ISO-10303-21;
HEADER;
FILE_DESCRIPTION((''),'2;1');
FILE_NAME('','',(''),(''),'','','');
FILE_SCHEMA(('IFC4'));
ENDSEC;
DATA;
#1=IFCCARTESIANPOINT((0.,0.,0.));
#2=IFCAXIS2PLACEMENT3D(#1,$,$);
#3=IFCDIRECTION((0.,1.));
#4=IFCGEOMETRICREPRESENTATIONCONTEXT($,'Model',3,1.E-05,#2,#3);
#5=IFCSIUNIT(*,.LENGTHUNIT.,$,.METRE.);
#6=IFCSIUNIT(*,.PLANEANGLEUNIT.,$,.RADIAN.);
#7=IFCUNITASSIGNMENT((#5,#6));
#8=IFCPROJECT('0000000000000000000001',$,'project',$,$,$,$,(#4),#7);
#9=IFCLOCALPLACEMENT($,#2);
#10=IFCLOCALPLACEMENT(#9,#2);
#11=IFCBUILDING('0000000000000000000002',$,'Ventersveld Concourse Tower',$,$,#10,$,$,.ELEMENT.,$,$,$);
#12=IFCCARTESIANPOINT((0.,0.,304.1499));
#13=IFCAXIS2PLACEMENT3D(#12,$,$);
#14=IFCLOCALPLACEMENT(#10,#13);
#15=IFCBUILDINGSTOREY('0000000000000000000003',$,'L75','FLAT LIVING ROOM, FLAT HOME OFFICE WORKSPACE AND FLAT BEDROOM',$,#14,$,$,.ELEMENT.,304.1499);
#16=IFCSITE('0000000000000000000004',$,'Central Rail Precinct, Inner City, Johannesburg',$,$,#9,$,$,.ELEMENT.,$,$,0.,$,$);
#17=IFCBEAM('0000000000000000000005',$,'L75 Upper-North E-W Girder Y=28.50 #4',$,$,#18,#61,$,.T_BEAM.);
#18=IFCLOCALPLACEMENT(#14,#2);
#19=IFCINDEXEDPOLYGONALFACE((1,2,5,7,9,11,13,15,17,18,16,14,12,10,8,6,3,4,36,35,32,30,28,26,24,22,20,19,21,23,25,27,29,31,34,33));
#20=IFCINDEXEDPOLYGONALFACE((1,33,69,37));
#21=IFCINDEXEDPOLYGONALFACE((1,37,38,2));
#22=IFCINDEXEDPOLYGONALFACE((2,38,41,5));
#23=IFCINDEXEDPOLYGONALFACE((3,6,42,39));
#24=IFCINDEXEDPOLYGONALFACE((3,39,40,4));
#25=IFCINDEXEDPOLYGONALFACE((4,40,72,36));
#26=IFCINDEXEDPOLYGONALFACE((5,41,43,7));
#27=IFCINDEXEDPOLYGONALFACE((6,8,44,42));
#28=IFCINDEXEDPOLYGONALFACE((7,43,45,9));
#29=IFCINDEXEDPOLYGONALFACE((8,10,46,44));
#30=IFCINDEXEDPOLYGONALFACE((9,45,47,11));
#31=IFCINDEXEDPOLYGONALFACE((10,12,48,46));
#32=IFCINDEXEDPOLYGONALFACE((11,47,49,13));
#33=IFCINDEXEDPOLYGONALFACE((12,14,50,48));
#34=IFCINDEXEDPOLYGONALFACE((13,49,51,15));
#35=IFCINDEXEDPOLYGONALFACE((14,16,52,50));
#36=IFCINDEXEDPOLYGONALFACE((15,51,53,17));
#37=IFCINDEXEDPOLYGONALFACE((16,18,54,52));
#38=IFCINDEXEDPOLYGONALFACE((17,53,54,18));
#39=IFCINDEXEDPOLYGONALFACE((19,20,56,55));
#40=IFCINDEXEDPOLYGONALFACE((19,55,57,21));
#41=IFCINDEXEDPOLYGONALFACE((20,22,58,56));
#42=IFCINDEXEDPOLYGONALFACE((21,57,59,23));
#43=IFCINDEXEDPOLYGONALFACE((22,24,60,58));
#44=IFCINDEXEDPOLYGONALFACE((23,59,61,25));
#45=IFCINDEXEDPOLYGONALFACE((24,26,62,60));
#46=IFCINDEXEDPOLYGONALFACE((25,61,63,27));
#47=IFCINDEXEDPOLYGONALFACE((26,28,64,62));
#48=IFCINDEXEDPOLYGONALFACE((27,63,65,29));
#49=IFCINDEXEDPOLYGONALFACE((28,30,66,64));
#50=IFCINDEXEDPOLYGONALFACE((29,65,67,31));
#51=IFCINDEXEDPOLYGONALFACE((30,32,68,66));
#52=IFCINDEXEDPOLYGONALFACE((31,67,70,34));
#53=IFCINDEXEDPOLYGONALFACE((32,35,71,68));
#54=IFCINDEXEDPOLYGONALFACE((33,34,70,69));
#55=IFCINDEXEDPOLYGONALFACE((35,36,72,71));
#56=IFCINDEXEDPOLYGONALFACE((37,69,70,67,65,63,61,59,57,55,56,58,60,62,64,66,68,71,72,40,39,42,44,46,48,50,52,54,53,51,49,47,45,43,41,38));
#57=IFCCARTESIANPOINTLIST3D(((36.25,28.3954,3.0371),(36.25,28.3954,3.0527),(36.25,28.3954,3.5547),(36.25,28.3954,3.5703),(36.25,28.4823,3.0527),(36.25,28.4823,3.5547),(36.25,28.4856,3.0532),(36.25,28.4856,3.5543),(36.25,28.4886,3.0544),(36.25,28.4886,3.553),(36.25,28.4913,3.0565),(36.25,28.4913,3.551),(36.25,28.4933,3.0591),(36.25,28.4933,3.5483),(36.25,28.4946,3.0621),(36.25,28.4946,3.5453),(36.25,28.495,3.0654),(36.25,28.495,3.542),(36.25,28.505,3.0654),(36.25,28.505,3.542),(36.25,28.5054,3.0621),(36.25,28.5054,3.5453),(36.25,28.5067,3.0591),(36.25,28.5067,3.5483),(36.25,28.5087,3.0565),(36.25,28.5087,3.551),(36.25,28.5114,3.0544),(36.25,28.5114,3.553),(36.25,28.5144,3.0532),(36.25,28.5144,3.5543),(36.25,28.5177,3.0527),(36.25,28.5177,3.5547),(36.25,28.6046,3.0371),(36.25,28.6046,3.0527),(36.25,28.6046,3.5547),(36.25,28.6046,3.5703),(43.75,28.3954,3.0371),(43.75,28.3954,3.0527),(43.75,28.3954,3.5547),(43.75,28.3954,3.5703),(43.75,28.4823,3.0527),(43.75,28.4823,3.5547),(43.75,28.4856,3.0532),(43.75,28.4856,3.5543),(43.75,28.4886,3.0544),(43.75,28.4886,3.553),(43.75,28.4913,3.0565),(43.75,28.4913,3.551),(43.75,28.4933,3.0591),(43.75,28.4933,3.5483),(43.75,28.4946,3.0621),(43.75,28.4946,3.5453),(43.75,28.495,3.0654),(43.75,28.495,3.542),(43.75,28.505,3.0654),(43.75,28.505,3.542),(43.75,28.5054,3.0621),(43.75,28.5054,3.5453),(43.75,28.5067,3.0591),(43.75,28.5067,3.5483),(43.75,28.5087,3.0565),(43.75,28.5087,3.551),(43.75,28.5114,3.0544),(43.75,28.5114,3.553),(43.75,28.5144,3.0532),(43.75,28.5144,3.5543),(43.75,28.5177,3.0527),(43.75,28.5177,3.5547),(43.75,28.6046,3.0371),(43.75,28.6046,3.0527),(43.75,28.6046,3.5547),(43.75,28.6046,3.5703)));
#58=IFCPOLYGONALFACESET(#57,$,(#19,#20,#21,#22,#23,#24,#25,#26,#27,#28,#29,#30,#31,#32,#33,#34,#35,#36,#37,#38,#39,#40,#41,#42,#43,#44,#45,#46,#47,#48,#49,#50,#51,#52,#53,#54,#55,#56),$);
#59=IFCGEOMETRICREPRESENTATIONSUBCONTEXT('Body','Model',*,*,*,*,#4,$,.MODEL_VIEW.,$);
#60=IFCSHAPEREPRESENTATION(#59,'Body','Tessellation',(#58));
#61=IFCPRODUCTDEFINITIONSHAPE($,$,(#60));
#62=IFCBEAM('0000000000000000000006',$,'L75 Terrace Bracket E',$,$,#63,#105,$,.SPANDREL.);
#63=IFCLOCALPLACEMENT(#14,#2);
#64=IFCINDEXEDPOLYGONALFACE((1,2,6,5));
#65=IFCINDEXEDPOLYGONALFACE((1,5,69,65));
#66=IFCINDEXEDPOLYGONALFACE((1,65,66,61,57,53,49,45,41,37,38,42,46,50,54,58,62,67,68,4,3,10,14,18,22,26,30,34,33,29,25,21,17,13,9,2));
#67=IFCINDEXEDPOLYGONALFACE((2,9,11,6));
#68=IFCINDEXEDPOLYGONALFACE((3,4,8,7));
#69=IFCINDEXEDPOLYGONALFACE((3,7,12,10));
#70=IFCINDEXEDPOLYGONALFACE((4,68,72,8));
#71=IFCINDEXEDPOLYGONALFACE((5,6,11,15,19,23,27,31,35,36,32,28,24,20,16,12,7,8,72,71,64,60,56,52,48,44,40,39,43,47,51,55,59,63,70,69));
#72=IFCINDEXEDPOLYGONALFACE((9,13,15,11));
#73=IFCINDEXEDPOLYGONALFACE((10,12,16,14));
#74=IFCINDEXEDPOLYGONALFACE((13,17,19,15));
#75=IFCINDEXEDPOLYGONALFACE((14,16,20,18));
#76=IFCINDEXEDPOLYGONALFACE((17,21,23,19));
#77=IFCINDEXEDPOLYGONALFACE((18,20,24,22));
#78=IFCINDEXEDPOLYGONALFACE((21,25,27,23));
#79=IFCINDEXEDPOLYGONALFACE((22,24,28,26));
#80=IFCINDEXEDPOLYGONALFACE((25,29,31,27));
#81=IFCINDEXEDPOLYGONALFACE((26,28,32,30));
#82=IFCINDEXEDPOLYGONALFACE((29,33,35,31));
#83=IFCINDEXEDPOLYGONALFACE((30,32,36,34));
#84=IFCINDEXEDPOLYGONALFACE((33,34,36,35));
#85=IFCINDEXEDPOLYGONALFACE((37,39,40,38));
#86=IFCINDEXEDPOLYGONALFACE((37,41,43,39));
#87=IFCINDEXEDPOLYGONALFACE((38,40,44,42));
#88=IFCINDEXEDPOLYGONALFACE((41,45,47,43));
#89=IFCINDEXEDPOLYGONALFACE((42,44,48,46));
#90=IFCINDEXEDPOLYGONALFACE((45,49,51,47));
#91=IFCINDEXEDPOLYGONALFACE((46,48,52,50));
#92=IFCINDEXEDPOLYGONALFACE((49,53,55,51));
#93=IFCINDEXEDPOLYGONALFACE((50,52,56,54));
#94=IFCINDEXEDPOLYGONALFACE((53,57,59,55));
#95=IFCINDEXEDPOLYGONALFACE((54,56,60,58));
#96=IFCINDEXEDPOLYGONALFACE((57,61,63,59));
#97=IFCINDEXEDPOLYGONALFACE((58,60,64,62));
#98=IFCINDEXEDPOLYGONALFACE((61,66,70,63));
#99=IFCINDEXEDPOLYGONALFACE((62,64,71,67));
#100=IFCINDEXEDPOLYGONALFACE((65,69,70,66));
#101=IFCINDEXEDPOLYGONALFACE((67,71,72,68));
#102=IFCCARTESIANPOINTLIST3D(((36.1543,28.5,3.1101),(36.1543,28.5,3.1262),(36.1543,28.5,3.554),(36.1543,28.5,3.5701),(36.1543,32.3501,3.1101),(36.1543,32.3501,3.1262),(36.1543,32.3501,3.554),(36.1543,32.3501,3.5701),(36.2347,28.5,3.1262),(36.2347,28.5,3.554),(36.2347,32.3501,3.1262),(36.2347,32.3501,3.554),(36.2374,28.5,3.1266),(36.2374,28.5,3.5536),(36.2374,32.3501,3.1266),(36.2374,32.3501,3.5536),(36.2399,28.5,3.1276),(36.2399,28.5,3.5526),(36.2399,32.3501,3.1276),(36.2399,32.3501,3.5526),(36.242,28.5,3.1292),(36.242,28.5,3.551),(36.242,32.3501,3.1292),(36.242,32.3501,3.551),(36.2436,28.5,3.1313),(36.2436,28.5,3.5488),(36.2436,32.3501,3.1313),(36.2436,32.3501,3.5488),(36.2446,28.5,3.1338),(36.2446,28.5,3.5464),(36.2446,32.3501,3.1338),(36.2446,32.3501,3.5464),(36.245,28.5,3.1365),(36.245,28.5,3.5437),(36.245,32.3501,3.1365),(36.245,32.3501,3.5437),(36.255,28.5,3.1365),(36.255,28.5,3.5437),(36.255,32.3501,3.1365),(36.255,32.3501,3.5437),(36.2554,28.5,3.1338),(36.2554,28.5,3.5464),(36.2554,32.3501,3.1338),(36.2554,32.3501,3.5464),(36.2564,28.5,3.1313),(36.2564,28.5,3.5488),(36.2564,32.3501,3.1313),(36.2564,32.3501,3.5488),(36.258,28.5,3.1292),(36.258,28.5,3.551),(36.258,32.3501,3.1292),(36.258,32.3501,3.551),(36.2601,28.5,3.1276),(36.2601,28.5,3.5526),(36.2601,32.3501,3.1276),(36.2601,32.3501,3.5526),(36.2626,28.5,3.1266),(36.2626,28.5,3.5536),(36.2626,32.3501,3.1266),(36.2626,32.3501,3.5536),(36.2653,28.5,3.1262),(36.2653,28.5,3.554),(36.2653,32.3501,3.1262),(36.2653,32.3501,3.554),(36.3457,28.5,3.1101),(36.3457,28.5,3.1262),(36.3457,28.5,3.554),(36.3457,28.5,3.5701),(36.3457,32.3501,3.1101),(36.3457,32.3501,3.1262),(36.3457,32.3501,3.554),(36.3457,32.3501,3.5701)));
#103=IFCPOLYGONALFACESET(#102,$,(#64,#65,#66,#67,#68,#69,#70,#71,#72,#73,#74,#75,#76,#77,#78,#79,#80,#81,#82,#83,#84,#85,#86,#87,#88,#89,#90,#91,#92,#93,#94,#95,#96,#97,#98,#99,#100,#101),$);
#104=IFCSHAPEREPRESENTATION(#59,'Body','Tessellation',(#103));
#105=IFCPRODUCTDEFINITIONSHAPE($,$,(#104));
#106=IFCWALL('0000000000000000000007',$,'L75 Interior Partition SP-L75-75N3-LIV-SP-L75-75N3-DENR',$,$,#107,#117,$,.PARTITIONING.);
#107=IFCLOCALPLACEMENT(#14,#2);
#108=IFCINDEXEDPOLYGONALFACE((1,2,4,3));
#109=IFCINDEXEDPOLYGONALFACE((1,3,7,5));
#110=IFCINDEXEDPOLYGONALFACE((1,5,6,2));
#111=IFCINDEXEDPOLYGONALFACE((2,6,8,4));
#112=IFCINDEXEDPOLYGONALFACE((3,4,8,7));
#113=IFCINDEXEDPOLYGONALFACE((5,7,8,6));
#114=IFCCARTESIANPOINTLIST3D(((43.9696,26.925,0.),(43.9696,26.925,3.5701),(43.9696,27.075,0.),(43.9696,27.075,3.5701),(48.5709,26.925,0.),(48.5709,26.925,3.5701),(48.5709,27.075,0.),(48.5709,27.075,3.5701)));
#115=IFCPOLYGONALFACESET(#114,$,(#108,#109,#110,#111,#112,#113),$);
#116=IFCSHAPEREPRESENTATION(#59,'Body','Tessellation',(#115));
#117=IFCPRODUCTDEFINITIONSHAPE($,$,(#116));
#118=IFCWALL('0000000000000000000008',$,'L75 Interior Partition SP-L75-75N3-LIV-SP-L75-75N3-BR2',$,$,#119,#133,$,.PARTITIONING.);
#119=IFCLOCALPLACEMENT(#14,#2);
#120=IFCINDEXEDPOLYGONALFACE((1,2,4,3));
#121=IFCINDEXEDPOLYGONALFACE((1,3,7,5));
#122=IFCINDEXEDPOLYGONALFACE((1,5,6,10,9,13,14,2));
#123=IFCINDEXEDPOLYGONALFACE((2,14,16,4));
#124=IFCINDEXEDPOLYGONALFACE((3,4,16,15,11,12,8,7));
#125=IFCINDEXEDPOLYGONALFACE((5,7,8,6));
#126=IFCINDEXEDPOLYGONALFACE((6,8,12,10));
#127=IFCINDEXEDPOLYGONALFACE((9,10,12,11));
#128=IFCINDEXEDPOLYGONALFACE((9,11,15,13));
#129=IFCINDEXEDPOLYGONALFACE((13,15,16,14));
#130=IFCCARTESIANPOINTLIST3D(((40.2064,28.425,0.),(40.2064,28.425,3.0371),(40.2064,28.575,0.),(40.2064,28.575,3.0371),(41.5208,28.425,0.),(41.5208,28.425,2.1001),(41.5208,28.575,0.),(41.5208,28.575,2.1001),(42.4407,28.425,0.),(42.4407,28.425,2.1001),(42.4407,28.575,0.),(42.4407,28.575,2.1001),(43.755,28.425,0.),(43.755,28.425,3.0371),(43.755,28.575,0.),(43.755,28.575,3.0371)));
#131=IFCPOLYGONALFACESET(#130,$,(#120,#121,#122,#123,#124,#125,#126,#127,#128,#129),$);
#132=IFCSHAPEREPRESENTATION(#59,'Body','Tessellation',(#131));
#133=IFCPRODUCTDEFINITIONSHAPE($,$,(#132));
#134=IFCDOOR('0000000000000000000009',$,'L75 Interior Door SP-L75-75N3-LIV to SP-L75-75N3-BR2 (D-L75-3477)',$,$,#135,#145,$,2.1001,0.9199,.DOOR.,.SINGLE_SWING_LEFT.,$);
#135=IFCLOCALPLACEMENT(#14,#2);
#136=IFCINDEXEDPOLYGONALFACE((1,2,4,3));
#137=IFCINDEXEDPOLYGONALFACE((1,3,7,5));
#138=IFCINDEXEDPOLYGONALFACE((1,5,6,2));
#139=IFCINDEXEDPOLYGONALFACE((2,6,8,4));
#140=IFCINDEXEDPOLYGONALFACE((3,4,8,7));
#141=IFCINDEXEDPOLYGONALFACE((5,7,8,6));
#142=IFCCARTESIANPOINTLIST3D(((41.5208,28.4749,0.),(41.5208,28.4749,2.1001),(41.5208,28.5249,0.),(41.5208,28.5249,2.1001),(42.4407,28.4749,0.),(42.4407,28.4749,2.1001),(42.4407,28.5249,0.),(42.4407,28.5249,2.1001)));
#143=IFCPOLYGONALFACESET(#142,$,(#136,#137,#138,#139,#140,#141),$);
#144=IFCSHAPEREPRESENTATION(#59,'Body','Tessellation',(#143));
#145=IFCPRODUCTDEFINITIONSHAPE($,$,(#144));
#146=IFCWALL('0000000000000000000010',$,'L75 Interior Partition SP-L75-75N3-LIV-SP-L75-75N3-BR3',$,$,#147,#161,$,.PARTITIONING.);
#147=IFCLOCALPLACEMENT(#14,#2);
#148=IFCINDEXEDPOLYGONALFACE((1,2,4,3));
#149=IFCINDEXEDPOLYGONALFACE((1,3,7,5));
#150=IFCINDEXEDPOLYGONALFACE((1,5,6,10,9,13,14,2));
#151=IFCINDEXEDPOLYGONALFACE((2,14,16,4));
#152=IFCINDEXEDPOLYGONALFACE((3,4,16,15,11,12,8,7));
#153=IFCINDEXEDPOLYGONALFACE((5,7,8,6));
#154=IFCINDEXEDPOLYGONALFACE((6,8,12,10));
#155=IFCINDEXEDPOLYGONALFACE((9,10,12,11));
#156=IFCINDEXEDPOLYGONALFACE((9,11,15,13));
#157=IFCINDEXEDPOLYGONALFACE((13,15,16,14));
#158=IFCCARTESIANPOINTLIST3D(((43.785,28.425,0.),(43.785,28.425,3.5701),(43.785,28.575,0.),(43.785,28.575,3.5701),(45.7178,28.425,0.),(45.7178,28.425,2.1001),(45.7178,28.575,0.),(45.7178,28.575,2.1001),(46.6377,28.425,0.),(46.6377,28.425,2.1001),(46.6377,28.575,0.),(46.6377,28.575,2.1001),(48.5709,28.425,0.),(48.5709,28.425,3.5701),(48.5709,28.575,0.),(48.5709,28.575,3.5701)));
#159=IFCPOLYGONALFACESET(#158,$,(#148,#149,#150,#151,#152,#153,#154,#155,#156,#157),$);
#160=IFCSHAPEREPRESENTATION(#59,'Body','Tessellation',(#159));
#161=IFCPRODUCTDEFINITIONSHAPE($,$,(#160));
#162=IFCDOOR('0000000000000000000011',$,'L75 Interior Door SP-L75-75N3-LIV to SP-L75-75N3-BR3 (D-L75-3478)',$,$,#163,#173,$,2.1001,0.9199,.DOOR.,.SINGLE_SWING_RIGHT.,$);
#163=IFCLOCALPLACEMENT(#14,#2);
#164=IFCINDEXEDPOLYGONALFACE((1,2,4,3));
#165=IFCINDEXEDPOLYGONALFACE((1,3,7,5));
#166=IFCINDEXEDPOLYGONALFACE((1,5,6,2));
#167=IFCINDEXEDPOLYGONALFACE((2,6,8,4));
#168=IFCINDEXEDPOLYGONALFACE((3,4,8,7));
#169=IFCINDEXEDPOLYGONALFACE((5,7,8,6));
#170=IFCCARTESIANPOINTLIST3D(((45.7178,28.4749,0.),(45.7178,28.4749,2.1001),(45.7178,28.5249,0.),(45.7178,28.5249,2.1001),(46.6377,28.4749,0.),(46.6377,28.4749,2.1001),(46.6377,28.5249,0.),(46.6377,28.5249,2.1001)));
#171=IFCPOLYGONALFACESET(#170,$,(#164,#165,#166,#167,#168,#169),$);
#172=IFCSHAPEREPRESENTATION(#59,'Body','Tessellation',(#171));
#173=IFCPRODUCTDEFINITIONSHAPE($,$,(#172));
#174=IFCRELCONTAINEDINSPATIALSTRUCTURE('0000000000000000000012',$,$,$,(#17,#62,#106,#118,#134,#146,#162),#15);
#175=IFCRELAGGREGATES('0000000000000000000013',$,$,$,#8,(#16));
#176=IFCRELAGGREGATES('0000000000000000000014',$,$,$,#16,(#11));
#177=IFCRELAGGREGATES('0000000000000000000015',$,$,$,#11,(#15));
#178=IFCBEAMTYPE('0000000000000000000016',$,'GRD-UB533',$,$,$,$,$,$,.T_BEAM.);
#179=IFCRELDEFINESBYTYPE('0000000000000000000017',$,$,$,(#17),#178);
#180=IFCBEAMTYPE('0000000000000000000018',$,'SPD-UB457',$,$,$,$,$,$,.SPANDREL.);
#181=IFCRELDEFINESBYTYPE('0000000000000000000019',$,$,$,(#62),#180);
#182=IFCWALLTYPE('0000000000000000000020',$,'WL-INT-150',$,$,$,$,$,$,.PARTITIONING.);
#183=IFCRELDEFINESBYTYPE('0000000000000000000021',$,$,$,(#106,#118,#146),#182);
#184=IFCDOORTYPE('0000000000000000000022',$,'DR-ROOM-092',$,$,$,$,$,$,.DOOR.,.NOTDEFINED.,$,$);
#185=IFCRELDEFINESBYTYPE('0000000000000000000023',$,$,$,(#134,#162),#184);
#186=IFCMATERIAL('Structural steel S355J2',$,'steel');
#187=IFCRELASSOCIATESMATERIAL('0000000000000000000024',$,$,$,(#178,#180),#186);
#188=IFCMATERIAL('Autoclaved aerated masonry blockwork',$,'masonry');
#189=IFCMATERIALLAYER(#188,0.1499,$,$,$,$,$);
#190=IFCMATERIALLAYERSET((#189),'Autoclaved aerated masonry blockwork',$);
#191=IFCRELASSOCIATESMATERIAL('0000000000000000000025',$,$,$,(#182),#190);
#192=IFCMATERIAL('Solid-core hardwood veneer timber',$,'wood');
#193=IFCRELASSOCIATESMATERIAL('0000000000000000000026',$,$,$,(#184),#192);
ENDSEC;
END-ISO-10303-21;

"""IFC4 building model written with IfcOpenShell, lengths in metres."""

from ifc_helpers import new_model, si_unit, direction, frame, frame_2d, origin, origin_2d, place, context, subcontext, project, spatial, rectangle, i_section, extrude, material, layer, layer_set, material_profile, profile_set, type_object, element, fill, save


model = new_model("IFC4")

# Units and contexts
model_context = context("Model", 3, precision=1e-05, world=origin(), true_north=direction((0.0, 1.0)))
body_context = subcontext(model_context, "Body", "Model", "MODEL_VIEW")
ifc_project = project(units=[si_unit("LENGTHUNIT", "METRE"), si_unit("PLANEANGLEUNIT", "RADIAN")], contexts=[model_context])

# Site, building, storey
site_placement = place(None, origin())
site = spatial("IfcSite", under=ifc_project, at=site_placement, Name="Central Rail Precinct, Inner City, Johannesburg", CompositionType="ELEMENT", RefElevation=0.0)
building_placement = place(site_placement, origin())
building = spatial("IfcBuilding", under=site, at=building_placement, Name="Ventersveld Concourse Tower", CompositionType="ELEMENT")
storey_placement = place(building_placement, frame((0.0, 0.0, 304.1499)))
storey = spatial("IfcBuildingStorey", under=building, at=storey_placement, Name="L75", Description="FLAT LIVING ROOM, FLAT HOME OFFICE WORKSPACE AND FLAT BEDROOM", CompositionType="ELEMENT", Elevation=304.1499)

# Beams
ifc_material_1 = material(Name="Structural steel S355J2", Category="steel")
ifc_material_profile_1 = material_profile(ifc_material_1, i_section(OverallWidth=0.2092, OverallDepth=0.5332, WebThickness=0.01, FlangeThickness=0.0156, FilletRadius=0.0127, at=origin_2d()), Name="UB 533x210x92")
ifc_profile_set_1 = profile_set([ifc_material_profile_1], Name="Structural steel S355J2")
beam_type_1 = type_object("IfcBeamType", Name="GRD-UB533", PredefinedType="T_BEAM", material=ifc_profile_set_1)
beam_1_placement = place(storey_placement, frame((36.25, 28.5, 3.3037), z_axis=(1.0, 0.0, 0.0), x_axis=(0.0, 1.0, 0.0)))
element("IfcBeam", 1, at=beam_1_placement, inside=storey, type_object=beam_type_1, Name="L75 Upper-North E-W Girder Y=28.50 #4", PredefinedType="T_BEAM", context=body_context, shape_type="SweptSolid", body=[
    extrude(i_section(OverallWidth=0.2092, OverallDepth=0.5332, WebThickness=0.01, FlangeThickness=0.0156, FilletRadius=0.0127, at=origin_2d()), origin(), (0.0, 0.0, 1.0), 7.5),
])
ifc_material_profile_2 = material_profile(ifc_material_1, i_section(OverallWidth=0.1914, OverallDepth=0.46, WebThickness=0.01, FlangeThickness=0.0161, FilletRadius=0.0103, at=origin_2d()), Name="UB 457x191x82")
ifc_profile_set_2 = profile_set([ifc_material_profile_2], Name="Structural steel S355J2")
beam_type_2 = type_object("IfcBeamType", Name="SPD-UB457", PredefinedType="SPANDREL", material=ifc_profile_set_2)
beam_2_placement = place(storey_placement, frame((36.25, 28.5, 3.3401), z_axis=(0.0, 1.0, 0.0), x_axis=(-1.0, 0.0, 0.0)))
element("IfcBeam", 2, at=beam_2_placement, inside=storey, type_object=beam_type_2, Name="L75 Terrace Bracket E", PredefinedType="SPANDREL", context=body_context, shape_type="SweptSolid", body=[
    extrude(i_section(OverallWidth=0.1914, OverallDepth=0.46, WebThickness=0.01, FlangeThickness=0.0161, FilletRadius=0.0103, at=origin_2d()), origin(), (0.0, 0.0, 1.0), 3.8501),
])

# Wall
ifc_material_2 = material(Name="Autoclaved aerated masonry blockwork", Category="masonry")
ifc_layer_1 = layer(ifc_material_2, 0.1499)
ifc_layer_set_1 = layer_set([ifc_layer_1], Name="Autoclaved aerated masonry blockwork")
wall_type_1 = type_object("IfcWallType", Name="WL-INT-150", PredefinedType="PARTITIONING", material=ifc_layer_set_1)
wall_1_placement = place(storey_placement, frame((43.9695, 27.0, 0.0), z_axis=(0.0, 0.0, 1.0), x_axis=(1.0, 0.0, 0.0)))
element("IfcWall", 3, at=wall_1_placement, inside=storey, type_object=wall_type_1, Name="L75 Interior Partition SP-L75-75N3-LIV-SP-L75-75N3-DENR", PredefinedType="PARTITIONING", context=body_context, shape_type="SweptSolid", body=[
    extrude(rectangle(XDim=4.6013, YDim=0.1499, at=frame_2d((2.3008, 0.0))), origin(), (0.0, 0.0, 1.0), 3.5701),
])

# Walls, openings, doors
wall_2_placement = place(storey_placement, frame((40.2063, 28.5, 0.0), z_axis=(0.0, 0.0, 1.0), x_axis=(1.0, 0.0, 0.0)))
wall_2 = element("IfcWall", 4, at=wall_2_placement, inside=storey, type_object=wall_type_1, Name="L75 Interior Partition SP-L75-75N3-LIV-SP-L75-75N3-BR2", PredefinedType="PARTITIONING", context=body_context, shape_type="SweptSolid", body=[
    extrude(rectangle(XDim=3.5486, YDim=0.1499, at=frame_2d((1.7744, 0.0))), origin(), (0.0, 0.0, 1.0), 3.0371),
])
opening_1_placement = place(wall_2_placement, frame((1.3145, 0.0, 0.0)))
opening_1 = element("IfcOpeningElement", 5, at=opening_1_placement, cuts=wall_2, PredefinedType="OPENING", context=body_context, shape_type="SweptSolid", body=[
    extrude(rectangle(XDim=0.9199, YDim=2.1001, at=frame_2d((0.46, 1.05))), frame((0.0, 0.085, 0.0), z_axis=(0.0, -1.0, 0.0), x_axis=(1.0, 0.0, 0.0)), (0.0, 0.0, 1.0), 0.1699),
])
ifc_material_3 = material(Name="Solid-core hardwood veneer timber", Category="wood")
door_type = type_object("IfcDoorType", Name="DR-ROOM-092", OperationType="NOTDEFINED", PredefinedType="DOOR", material=ifc_material_3)
door_1_placement = place(opening_1_placement, origin())
door_1 = element("IfcDoor", 6, at=door_1_placement, inside=storey, type_object=door_type, Name="L75 Interior Door SP-L75-75N3-LIV to SP-L75-75N3-BR2 (D-L75-3477)", OperationType="SINGLE_SWING_LEFT", OverallHeight=2.1001, OverallWidth=0.9199, PredefinedType="DOOR", context=body_context, shape_type="SweptSolid", body=[
    extrude(rectangle(XDim=0.9199, YDim=2.1001, at=frame_2d((0.46, 1.05))), frame((0.0, 0.0249, 0.0), z_axis=(0.0, -1.0, 0.0), x_axis=(1.0, 0.0, 0.0)), (0.0, 0.0, 1.0), 0.05),
])
fill(opening_1, door_1)
wall_3_placement = place(storey_placement, frame((43.7849, 28.5, 0.0), z_axis=(0.0, 0.0, 1.0), x_axis=(1.0, 0.0, 0.0)))
wall_3 = element("IfcWall", 7, at=wall_3_placement, inside=storey, type_object=wall_type_1, Name="L75 Interior Partition SP-L75-75N3-LIV-SP-L75-75N3-BR3", PredefinedType="PARTITIONING", context=body_context, shape_type="SweptSolid", body=[
    extrude(rectangle(XDim=4.7859, YDim=0.1499, at=frame_2d((2.3931, 0.0))), origin(), (0.0, 0.0, 1.0), 3.5701),
])
opening_2_placement = place(wall_3_placement, frame((1.9329, 0.0, 0.0)))
opening_2 = element("IfcOpeningElement", 8, at=opening_2_placement, cuts=wall_3, PredefinedType="OPENING", context=body_context, shape_type="SweptSolid", body=[
    extrude(rectangle(XDim=0.9199, YDim=2.1001, at=frame_2d((0.46, 1.05))), frame((0.0, 0.085, 0.0), z_axis=(0.0, -1.0, 0.0), x_axis=(1.0, 0.0, 0.0)), (0.0, 0.0, 1.0), 0.1699),
])
door_2_placement = place(opening_2_placement, origin())
door_2 = element("IfcDoor", 9, at=door_2_placement, inside=storey, type_object=door_type, Name="L75 Interior Door SP-L75-75N3-LIV to SP-L75-75N3-BR3 (D-L75-3478)", OperationType="SINGLE_SWING_RIGHT", OverallHeight=2.1001, OverallWidth=0.9199, PredefinedType="DOOR", context=body_context, shape_type="SweptSolid", body=[
    extrude(rectangle(XDim=0.9199, YDim=2.1001, at=frame_2d((0.46, 1.05))), frame((0.0, 0.0249, 0.0), z_axis=(0.0, -1.0, 0.0), x_axis=(1.0, 0.0, 0.0)), (0.0, 0.0, 1.0), 0.05),
])
fill(opening_2, door_2)

save(model, "model.ifc")
